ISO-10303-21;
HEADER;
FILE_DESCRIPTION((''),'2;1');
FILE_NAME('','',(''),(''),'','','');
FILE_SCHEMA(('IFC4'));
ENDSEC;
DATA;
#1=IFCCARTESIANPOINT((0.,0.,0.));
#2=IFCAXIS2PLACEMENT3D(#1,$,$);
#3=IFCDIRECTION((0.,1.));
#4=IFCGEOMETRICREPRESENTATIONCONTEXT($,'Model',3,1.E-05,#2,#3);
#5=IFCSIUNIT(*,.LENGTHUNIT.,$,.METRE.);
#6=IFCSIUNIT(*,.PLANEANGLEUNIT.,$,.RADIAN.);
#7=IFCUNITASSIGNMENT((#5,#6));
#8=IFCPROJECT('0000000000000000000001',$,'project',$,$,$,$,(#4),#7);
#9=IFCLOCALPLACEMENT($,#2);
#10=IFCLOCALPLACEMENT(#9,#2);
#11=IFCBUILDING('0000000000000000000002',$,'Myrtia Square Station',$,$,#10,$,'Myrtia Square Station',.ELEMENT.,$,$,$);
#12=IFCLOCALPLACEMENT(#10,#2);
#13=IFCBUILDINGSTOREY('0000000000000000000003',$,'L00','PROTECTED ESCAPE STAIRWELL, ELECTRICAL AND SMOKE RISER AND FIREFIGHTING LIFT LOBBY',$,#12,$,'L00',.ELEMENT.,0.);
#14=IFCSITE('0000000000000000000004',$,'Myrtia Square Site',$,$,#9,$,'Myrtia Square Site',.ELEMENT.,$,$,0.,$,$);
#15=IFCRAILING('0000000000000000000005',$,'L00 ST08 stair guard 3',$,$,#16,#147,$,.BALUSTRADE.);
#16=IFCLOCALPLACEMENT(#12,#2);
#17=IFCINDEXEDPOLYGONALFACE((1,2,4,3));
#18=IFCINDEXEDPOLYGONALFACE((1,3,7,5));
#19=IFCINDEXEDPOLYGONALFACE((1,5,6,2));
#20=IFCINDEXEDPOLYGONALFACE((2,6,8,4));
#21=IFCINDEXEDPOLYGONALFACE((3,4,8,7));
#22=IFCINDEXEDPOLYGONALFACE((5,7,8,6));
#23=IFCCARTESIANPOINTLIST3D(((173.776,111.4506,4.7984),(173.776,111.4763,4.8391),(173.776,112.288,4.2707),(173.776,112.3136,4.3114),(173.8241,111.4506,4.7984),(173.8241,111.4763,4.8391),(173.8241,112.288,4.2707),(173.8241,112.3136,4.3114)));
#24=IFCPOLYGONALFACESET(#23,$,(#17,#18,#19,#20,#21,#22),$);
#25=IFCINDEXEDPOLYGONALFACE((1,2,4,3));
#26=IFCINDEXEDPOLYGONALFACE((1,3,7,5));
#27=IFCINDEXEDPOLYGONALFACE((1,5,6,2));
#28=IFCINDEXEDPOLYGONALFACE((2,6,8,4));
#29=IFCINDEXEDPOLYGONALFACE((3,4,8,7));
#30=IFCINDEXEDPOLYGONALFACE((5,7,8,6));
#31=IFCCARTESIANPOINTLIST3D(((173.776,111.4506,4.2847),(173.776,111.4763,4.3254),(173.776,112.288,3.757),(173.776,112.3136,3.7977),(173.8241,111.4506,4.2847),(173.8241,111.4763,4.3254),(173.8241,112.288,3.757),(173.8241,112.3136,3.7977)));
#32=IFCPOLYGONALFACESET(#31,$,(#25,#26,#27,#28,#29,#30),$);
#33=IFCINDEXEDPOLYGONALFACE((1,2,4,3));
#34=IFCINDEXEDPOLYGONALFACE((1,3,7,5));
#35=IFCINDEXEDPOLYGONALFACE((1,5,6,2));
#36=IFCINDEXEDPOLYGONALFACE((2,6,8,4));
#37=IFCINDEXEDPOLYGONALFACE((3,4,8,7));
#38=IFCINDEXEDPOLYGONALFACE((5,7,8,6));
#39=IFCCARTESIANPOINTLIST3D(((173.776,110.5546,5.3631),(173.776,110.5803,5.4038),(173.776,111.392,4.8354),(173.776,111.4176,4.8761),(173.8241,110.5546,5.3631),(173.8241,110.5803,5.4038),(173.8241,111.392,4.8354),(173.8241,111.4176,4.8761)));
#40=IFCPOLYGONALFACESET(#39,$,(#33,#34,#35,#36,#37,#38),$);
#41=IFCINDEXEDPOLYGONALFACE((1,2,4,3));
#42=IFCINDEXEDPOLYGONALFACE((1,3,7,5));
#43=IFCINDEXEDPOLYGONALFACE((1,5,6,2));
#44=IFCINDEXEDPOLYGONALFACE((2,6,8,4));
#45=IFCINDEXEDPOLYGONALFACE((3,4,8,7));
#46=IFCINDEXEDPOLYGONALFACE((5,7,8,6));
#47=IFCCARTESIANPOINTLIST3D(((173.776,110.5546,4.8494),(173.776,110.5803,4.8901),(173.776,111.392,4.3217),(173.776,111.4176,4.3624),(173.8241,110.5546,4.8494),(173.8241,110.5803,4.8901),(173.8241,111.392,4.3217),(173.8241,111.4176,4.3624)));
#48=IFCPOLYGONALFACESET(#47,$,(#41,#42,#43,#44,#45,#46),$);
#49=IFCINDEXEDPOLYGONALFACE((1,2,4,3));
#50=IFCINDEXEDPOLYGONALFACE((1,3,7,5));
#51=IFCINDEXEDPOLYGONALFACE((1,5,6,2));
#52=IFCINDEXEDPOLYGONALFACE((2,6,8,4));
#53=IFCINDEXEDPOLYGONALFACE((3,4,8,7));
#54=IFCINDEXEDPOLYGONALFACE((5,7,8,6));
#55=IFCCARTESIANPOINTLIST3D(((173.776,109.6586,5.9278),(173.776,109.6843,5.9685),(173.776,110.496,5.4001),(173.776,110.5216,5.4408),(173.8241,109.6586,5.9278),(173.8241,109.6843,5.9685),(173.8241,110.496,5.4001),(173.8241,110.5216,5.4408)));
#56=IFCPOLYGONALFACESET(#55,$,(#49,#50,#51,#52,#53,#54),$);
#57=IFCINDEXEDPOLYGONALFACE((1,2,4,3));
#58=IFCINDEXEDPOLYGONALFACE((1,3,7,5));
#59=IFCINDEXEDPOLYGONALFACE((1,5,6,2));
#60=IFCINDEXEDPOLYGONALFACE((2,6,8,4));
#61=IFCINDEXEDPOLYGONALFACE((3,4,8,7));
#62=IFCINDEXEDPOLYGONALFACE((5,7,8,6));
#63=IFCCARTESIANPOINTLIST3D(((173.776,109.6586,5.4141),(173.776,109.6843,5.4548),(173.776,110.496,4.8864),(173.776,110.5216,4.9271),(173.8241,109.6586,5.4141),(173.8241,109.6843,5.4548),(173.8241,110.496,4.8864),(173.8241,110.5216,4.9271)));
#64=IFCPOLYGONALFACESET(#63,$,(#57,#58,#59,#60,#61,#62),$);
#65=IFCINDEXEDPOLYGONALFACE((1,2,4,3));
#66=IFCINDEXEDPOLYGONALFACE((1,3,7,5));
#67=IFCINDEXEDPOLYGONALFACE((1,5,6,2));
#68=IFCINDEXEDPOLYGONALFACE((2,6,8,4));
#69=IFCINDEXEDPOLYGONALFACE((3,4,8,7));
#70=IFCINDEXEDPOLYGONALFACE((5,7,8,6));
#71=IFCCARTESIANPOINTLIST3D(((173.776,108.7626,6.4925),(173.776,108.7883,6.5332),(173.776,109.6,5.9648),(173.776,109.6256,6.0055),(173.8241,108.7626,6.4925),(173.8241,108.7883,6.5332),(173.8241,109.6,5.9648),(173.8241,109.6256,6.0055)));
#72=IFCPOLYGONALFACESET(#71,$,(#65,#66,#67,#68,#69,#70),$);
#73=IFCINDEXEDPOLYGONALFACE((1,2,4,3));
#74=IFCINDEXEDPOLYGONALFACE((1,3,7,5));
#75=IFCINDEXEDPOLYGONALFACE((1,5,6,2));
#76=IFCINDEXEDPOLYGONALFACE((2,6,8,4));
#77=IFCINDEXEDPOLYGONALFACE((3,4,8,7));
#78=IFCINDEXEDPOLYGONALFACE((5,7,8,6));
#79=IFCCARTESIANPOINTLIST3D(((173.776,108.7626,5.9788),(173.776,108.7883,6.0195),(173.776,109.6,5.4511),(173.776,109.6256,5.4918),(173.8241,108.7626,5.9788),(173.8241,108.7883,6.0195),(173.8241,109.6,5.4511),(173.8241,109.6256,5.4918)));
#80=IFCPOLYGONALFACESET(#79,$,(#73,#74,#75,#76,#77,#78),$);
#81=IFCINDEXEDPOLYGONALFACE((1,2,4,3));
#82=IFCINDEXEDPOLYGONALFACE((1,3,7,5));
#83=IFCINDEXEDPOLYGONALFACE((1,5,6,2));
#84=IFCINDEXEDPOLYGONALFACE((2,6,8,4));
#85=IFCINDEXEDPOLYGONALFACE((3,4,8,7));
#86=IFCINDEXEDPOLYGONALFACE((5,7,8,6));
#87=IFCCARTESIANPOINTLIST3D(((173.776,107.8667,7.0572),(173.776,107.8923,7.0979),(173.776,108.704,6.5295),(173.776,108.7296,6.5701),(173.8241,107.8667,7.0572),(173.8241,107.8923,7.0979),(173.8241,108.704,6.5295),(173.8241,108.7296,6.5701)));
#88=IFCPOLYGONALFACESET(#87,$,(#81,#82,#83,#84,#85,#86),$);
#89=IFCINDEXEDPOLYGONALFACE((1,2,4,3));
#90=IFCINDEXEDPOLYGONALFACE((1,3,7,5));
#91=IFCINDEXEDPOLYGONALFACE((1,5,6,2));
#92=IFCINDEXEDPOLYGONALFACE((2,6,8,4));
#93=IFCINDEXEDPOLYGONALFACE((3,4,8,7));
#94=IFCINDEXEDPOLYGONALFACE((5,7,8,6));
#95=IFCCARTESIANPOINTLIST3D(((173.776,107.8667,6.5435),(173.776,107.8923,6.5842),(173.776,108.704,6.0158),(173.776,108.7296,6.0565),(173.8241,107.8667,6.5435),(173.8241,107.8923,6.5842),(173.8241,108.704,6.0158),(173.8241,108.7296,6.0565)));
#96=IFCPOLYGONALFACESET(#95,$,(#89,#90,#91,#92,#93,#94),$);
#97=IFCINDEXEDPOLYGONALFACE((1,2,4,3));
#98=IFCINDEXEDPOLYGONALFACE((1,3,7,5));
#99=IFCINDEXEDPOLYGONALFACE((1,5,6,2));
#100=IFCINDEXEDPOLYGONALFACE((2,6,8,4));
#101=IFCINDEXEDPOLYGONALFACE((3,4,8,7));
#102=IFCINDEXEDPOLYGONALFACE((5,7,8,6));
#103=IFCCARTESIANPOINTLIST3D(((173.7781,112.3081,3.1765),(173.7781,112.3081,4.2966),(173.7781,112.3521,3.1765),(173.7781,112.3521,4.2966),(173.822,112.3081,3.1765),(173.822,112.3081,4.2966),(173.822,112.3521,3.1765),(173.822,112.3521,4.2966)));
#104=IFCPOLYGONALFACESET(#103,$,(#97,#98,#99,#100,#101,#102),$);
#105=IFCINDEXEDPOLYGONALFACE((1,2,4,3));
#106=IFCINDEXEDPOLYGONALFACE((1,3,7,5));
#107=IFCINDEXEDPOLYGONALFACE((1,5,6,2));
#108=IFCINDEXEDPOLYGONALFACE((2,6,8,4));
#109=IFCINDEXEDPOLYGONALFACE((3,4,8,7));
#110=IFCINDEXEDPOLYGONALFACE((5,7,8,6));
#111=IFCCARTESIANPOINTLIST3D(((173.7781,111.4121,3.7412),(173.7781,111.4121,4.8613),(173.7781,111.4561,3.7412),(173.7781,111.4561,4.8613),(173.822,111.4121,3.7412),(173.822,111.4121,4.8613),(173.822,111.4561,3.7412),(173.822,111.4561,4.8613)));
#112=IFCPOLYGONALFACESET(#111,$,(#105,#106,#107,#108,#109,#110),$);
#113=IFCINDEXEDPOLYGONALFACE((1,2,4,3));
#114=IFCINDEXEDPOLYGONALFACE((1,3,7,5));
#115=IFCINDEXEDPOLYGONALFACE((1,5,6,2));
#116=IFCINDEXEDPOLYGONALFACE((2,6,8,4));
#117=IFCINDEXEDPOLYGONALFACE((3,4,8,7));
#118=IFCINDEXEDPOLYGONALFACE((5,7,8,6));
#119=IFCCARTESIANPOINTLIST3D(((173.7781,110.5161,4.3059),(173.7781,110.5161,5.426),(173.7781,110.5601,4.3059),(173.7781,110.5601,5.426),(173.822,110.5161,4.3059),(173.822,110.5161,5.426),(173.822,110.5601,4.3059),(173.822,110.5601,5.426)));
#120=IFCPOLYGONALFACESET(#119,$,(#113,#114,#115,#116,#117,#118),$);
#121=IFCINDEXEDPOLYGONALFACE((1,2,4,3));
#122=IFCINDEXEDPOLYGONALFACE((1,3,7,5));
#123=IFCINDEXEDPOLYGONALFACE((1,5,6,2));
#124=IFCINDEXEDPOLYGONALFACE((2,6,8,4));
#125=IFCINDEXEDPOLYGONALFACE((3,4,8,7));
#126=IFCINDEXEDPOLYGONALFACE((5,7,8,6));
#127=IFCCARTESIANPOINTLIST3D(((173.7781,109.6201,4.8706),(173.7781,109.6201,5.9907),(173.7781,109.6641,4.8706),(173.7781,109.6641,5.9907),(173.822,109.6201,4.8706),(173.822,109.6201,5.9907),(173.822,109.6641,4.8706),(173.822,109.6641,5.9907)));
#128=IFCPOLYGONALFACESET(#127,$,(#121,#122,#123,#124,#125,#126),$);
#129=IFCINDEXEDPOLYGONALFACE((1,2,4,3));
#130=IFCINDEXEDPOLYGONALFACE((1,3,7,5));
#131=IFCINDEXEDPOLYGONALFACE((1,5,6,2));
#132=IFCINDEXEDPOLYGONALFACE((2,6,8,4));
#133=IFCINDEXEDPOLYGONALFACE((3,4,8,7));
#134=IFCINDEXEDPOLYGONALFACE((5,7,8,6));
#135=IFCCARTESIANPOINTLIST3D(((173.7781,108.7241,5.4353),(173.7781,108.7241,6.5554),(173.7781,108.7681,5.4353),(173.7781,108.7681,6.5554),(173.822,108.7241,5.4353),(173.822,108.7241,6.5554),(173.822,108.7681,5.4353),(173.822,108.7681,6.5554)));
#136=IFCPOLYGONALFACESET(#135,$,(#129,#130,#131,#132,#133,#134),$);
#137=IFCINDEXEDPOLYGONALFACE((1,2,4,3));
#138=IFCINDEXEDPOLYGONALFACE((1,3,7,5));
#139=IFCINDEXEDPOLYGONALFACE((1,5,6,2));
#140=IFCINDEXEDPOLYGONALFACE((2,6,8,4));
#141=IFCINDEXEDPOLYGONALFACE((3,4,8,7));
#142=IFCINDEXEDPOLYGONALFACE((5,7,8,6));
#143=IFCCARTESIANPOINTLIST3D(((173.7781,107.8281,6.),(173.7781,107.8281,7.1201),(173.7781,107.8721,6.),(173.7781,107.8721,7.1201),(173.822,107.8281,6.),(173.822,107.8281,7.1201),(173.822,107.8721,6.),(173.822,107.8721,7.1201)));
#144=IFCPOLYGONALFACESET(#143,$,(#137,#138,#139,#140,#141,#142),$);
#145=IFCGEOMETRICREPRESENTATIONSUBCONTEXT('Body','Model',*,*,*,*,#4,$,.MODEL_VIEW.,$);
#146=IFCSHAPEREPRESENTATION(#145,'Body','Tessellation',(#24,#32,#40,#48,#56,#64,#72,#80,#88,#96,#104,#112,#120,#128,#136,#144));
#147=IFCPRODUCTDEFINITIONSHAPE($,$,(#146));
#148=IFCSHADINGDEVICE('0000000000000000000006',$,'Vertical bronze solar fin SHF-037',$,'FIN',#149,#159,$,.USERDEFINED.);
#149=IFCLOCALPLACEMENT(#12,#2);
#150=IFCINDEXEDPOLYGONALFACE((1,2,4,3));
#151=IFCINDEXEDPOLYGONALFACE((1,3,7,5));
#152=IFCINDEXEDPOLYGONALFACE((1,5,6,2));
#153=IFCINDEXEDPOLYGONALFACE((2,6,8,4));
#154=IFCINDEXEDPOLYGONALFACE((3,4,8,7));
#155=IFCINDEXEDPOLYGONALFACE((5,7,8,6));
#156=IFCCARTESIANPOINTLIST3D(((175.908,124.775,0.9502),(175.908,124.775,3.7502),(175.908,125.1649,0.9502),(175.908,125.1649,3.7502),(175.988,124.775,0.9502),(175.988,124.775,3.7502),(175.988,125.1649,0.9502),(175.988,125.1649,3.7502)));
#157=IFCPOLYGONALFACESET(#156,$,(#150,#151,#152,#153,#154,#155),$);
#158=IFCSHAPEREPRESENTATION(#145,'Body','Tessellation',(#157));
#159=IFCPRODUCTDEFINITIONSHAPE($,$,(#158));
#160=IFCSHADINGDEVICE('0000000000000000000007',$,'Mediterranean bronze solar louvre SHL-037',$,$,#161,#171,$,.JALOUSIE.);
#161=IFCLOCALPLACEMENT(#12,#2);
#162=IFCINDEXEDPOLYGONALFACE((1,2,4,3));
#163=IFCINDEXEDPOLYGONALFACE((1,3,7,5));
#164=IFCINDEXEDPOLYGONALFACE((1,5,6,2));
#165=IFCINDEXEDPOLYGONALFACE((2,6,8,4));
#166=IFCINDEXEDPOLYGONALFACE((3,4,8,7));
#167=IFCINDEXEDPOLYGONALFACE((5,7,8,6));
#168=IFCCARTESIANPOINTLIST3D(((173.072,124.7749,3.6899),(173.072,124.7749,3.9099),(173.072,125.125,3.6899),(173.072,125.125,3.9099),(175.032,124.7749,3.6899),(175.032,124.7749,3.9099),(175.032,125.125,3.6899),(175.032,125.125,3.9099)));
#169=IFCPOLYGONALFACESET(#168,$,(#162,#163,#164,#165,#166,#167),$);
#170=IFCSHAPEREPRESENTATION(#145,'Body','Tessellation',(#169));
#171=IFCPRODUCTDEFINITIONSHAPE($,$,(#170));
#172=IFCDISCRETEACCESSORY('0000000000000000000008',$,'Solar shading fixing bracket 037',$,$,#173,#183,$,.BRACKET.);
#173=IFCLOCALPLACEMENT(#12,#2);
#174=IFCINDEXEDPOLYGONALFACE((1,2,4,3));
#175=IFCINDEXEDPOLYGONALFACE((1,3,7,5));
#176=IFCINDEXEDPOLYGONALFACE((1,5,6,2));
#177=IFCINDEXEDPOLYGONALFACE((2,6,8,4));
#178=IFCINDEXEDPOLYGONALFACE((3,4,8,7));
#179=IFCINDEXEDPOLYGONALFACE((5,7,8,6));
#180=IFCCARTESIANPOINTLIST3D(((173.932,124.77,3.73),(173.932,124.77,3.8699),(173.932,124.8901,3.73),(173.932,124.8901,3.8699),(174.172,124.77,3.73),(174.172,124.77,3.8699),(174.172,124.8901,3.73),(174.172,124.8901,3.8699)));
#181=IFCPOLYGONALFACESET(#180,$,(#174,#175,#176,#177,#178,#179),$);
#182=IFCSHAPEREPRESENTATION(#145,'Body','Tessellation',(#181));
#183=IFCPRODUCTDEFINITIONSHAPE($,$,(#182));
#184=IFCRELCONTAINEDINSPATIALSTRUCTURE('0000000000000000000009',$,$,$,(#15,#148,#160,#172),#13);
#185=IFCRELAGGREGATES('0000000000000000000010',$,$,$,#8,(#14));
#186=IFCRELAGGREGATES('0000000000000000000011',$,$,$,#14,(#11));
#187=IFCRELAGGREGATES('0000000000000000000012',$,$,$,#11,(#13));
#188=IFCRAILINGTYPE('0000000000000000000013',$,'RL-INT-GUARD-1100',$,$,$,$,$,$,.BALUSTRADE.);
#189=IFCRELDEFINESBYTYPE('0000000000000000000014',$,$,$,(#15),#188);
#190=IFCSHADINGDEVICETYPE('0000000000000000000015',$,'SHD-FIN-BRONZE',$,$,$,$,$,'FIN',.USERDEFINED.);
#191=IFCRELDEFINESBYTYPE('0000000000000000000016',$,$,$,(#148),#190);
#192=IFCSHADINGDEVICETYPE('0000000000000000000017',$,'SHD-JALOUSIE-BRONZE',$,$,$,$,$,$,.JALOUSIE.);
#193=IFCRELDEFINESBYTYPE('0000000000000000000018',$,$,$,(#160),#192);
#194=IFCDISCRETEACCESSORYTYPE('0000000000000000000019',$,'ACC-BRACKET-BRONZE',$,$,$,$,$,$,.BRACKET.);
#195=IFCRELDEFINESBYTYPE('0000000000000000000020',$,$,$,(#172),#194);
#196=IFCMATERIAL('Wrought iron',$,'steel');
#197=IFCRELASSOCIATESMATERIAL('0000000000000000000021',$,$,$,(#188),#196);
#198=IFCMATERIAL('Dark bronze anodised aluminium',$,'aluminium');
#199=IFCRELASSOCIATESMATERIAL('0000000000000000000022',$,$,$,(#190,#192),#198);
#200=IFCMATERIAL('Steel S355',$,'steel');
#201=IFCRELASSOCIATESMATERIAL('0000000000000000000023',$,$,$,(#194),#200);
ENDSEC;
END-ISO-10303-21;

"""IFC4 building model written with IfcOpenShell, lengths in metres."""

from ifc_helpers import new_model, si_unit, direction, frame, origin, origin_2d, place, context, subcontext, project, spatial, rectangle, extrude, material, type_object, element, save


model = new_model("IFC4")

# Units and contexts
model_context = context("Model", 3, precision=1e-05, world=origin(), true_north=direction((0.0, 1.0)))
body_context = subcontext(model_context, "Body", "Model", "MODEL_VIEW")
ifc_project = project(units=[si_unit("LENGTHUNIT", "METRE"), si_unit("PLANEANGLEUNIT", "RADIAN")], contexts=[model_context])

# Site, building, storey
site_placement = place(None, origin())
site = spatial("IfcSite", under=ifc_project, at=site_placement, Name="Myrtia Square Site", LongName="Myrtia Square Site", CompositionType="ELEMENT", RefElevation=0.0)
building_placement = place(site_placement, origin())
building = spatial("IfcBuilding", under=site, at=building_placement, Name="Myrtia Square Station", LongName="Myrtia Square Station", CompositionType="ELEMENT")
storey_placement = place(building_placement, origin())
storey = spatial("IfcBuildingStorey", under=building, at=storey_placement, Name="L00", Description="PROTECTED ESCAPE STAIRWELL, ELECTRICAL AND SMOKE RISER AND FIREFIGHTING LIFT LOBBY", LongName="L00", CompositionType="ELEMENT", Elevation=0.0)

# Shared definitions
ifc_material_1 = material(Name="Steel S355", Category="steel")

# Railing
ifc_material_2 = material(Name="Wrought iron", Category="steel")
railing_type = type_object("IfcRailingType", Name="RL-INT-GUARD-1100", PredefinedType="BALUSTRADE", material=ifc_material_2)
railing_1_placement = place(storey_placement, frame((173.8, 112.3301, 3.1765)))
element("IfcRailing", 1, at=railing_1_placement, inside=storey, type_object=railing_type, Name="L00 ST08 stair guard 3", PredefinedType="BALUSTRADE", context=body_context, shape_type="SweptSolid", body=[
    extrude(rectangle(XDim=0.0481, YDim=0.0481, at=origin_2d()), frame((0.0, -0.0293, 1.1145), z_axis=(0.0, -0.845998, 0.533186), x_axis=(1.0, 0.0, 0.0)), (0.0, 0.0, 1.0), 0.9897),
    extrude(rectangle(XDim=0.0481, YDim=0.0481, at=origin_2d()), frame((0.0, -0.0293, 0.6008), z_axis=(0.0, -0.845998, 0.533186), x_axis=(1.0, 0.0, 0.0)), (0.0, 0.0, 1.0), 0.9897),
    extrude(rectangle(XDim=0.0481, YDim=0.0481, at=origin_2d()), frame((0.0, -0.9253, 1.6792), z_axis=(0.0, -0.845998, 0.533186), x_axis=(1.0, 0.0, 0.0)), (0.0, 0.0, 1.0), 0.9897),
    extrude(rectangle(XDim=0.0481, YDim=0.0481, at=origin_2d()), frame((0.0, -0.9253, 1.1655), z_axis=(0.0, -0.845998, 0.533186), x_axis=(1.0, 0.0, 0.0)), (0.0, 0.0, 1.0), 0.9897),
    extrude(rectangle(XDim=0.0481, YDim=0.0481, at=origin_2d()), frame((0.0, -1.8213, 2.2439), z_axis=(0.0, -0.845998, 0.533186), x_axis=(1.0, 0.0, 0.0)), (0.0, 0.0, 1.0), 0.9897),
    extrude(rectangle(XDim=0.0481, YDim=0.0481, at=origin_2d()), frame((0.0, -1.8213, 1.7302), z_axis=(0.0, -0.845998, 0.533186), x_axis=(1.0, 0.0, 0.0)), (0.0, 0.0, 1.0), 0.9897),
    extrude(rectangle(XDim=0.0481, YDim=0.0481, at=origin_2d()), frame((0.0, -2.7173, 2.8086), z_axis=(0.0, -0.845998, 0.533186), x_axis=(1.0, 0.0, 0.0)), (0.0, 0.0, 1.0), 0.9897),
    extrude(rectangle(XDim=0.0481, YDim=0.0481, at=origin_2d()), frame((0.0, -2.7173, 2.2949), z_axis=(0.0, -0.845998, 0.533186), x_axis=(1.0, 0.0, 0.0)), (0.0, 0.0, 1.0), 0.9897),
    extrude(rectangle(XDim=0.0481, YDim=0.0481, at=origin_2d()), frame((0.0, -3.6133, 3.3733), z_axis=(0.0, -0.845998, 0.533186), x_axis=(1.0, 0.0, 0.0)), (0.0, 0.0, 1.0), 0.9897),
    extrude(rectangle(XDim=0.0481, YDim=0.0481, at=origin_2d()), frame((0.0, -3.6133, 2.8596), z_axis=(0.0, -0.845998, 0.533186), x_axis=(1.0, 0.0, 0.0)), (0.0, 0.0, 1.0), 0.9897),
    extrude(rectangle(XDim=0.0439, YDim=0.0439, at=origin_2d()), origin(), (0.0, 0.0, 1.0), 1.1201),
    extrude(rectangle(XDim=0.0439, YDim=0.0439, at=origin_2d()), frame((0.0, -0.896, 0.5647)), (0.0, 0.0, 1.0), 1.1201),
    extrude(rectangle(XDim=0.0439, YDim=0.0439, at=origin_2d()), frame((0.0, -1.792, 1.1294)), (0.0, 0.0, 1.0), 1.1201),
    extrude(rectangle(XDim=0.0439, YDim=0.0439, at=origin_2d()), frame((0.0, -2.688, 1.6941)), (0.0, 0.0, 1.0), 1.1201),
    extrude(rectangle(XDim=0.0439, YDim=0.0439, at=origin_2d()), frame((0.0, -3.584, 2.2588)), (0.0, 0.0, 1.0), 1.1201),
    extrude(rectangle(XDim=0.0439, YDim=0.0439, at=origin_2d()), frame((0.0, -4.48, 2.8235)), (0.0, 0.0, 1.0), 1.1201),
])

# Shading devices
ifc_material_3 = material(Name="Dark bronze anodised aluminium", Category="aluminium")
shading_device_type_1 = type_object("IfcShadingDeviceType", Name="SHD-FIN-BRONZE", ElementType="FIN", PredefinedType="USERDEFINED", material=ifc_material_3)
shading_device_1_placement = place(storey_placement, frame((175.948, 124.97, 0.9502), z_axis=(0.0, 0.0, 1.0), x_axis=(1.0, 0.0, 0.0)))
element("IfcShadingDevice", 2, at=shading_device_1_placement, inside=storey, type_object=shading_device_type_1, Name="Vertical bronze solar fin SHF-037", ObjectType="FIN", PredefinedType="USERDEFINED", context=body_context, shape_type="SweptSolid", body=[
    extrude(rectangle(XDim=0.0801, YDim=0.3899, at=origin_2d()), origin(), (0.0, 0.0, 1.0), 2.8),
])
shading_device_type_2 = type_object("IfcShadingDeviceType", Name="SHD-JALOUSIE-BRONZE", PredefinedType="JALOUSIE", material=ifc_material_3)
shading_device_2_placement = place(storey_placement, frame((174.052, 124.95, 3.6899), z_axis=(0.0, 0.0, 1.0), x_axis=(1.0, 0.0, 0.0)))
element("IfcShadingDevice", 3, at=shading_device_2_placement, inside=storey, type_object=shading_device_type_2, Name="Mediterranean bronze solar louvre SHL-037", PredefinedType="JALOUSIE", context=body_context, shape_type="SweptSolid", body=[
    extrude(rectangle(XDim=1.96, YDim=0.3501, at=origin_2d()), origin(), (0.0, 0.0, 1.0), 0.22),
])

# Discrete accessory
discrete_accessory_type = type_object("IfcDiscreteAccessoryType", Name="ACC-BRACKET-BRONZE", PredefinedType="BRACKET", material=ifc_material_1)
discrete_accessory_placement = place(storey_placement, frame((174.052, 124.8301, 3.73), z_axis=(0.0, 0.0, 1.0), x_axis=(1.0, 0.0, 0.0)))
element("IfcDiscreteAccessory", 4, at=discrete_accessory_placement, inside=storey, type_object=discrete_accessory_type, Name="Solar shading fixing bracket 037", PredefinedType="BRACKET", context=body_context, shape_type="SweptSolid", body=[
    extrude(rectangle(XDim=0.24, YDim=0.1201, at=origin_2d()), origin(), (0.0, 0.0, 1.0), 0.1399),
])

save(model, "model.ifc")
